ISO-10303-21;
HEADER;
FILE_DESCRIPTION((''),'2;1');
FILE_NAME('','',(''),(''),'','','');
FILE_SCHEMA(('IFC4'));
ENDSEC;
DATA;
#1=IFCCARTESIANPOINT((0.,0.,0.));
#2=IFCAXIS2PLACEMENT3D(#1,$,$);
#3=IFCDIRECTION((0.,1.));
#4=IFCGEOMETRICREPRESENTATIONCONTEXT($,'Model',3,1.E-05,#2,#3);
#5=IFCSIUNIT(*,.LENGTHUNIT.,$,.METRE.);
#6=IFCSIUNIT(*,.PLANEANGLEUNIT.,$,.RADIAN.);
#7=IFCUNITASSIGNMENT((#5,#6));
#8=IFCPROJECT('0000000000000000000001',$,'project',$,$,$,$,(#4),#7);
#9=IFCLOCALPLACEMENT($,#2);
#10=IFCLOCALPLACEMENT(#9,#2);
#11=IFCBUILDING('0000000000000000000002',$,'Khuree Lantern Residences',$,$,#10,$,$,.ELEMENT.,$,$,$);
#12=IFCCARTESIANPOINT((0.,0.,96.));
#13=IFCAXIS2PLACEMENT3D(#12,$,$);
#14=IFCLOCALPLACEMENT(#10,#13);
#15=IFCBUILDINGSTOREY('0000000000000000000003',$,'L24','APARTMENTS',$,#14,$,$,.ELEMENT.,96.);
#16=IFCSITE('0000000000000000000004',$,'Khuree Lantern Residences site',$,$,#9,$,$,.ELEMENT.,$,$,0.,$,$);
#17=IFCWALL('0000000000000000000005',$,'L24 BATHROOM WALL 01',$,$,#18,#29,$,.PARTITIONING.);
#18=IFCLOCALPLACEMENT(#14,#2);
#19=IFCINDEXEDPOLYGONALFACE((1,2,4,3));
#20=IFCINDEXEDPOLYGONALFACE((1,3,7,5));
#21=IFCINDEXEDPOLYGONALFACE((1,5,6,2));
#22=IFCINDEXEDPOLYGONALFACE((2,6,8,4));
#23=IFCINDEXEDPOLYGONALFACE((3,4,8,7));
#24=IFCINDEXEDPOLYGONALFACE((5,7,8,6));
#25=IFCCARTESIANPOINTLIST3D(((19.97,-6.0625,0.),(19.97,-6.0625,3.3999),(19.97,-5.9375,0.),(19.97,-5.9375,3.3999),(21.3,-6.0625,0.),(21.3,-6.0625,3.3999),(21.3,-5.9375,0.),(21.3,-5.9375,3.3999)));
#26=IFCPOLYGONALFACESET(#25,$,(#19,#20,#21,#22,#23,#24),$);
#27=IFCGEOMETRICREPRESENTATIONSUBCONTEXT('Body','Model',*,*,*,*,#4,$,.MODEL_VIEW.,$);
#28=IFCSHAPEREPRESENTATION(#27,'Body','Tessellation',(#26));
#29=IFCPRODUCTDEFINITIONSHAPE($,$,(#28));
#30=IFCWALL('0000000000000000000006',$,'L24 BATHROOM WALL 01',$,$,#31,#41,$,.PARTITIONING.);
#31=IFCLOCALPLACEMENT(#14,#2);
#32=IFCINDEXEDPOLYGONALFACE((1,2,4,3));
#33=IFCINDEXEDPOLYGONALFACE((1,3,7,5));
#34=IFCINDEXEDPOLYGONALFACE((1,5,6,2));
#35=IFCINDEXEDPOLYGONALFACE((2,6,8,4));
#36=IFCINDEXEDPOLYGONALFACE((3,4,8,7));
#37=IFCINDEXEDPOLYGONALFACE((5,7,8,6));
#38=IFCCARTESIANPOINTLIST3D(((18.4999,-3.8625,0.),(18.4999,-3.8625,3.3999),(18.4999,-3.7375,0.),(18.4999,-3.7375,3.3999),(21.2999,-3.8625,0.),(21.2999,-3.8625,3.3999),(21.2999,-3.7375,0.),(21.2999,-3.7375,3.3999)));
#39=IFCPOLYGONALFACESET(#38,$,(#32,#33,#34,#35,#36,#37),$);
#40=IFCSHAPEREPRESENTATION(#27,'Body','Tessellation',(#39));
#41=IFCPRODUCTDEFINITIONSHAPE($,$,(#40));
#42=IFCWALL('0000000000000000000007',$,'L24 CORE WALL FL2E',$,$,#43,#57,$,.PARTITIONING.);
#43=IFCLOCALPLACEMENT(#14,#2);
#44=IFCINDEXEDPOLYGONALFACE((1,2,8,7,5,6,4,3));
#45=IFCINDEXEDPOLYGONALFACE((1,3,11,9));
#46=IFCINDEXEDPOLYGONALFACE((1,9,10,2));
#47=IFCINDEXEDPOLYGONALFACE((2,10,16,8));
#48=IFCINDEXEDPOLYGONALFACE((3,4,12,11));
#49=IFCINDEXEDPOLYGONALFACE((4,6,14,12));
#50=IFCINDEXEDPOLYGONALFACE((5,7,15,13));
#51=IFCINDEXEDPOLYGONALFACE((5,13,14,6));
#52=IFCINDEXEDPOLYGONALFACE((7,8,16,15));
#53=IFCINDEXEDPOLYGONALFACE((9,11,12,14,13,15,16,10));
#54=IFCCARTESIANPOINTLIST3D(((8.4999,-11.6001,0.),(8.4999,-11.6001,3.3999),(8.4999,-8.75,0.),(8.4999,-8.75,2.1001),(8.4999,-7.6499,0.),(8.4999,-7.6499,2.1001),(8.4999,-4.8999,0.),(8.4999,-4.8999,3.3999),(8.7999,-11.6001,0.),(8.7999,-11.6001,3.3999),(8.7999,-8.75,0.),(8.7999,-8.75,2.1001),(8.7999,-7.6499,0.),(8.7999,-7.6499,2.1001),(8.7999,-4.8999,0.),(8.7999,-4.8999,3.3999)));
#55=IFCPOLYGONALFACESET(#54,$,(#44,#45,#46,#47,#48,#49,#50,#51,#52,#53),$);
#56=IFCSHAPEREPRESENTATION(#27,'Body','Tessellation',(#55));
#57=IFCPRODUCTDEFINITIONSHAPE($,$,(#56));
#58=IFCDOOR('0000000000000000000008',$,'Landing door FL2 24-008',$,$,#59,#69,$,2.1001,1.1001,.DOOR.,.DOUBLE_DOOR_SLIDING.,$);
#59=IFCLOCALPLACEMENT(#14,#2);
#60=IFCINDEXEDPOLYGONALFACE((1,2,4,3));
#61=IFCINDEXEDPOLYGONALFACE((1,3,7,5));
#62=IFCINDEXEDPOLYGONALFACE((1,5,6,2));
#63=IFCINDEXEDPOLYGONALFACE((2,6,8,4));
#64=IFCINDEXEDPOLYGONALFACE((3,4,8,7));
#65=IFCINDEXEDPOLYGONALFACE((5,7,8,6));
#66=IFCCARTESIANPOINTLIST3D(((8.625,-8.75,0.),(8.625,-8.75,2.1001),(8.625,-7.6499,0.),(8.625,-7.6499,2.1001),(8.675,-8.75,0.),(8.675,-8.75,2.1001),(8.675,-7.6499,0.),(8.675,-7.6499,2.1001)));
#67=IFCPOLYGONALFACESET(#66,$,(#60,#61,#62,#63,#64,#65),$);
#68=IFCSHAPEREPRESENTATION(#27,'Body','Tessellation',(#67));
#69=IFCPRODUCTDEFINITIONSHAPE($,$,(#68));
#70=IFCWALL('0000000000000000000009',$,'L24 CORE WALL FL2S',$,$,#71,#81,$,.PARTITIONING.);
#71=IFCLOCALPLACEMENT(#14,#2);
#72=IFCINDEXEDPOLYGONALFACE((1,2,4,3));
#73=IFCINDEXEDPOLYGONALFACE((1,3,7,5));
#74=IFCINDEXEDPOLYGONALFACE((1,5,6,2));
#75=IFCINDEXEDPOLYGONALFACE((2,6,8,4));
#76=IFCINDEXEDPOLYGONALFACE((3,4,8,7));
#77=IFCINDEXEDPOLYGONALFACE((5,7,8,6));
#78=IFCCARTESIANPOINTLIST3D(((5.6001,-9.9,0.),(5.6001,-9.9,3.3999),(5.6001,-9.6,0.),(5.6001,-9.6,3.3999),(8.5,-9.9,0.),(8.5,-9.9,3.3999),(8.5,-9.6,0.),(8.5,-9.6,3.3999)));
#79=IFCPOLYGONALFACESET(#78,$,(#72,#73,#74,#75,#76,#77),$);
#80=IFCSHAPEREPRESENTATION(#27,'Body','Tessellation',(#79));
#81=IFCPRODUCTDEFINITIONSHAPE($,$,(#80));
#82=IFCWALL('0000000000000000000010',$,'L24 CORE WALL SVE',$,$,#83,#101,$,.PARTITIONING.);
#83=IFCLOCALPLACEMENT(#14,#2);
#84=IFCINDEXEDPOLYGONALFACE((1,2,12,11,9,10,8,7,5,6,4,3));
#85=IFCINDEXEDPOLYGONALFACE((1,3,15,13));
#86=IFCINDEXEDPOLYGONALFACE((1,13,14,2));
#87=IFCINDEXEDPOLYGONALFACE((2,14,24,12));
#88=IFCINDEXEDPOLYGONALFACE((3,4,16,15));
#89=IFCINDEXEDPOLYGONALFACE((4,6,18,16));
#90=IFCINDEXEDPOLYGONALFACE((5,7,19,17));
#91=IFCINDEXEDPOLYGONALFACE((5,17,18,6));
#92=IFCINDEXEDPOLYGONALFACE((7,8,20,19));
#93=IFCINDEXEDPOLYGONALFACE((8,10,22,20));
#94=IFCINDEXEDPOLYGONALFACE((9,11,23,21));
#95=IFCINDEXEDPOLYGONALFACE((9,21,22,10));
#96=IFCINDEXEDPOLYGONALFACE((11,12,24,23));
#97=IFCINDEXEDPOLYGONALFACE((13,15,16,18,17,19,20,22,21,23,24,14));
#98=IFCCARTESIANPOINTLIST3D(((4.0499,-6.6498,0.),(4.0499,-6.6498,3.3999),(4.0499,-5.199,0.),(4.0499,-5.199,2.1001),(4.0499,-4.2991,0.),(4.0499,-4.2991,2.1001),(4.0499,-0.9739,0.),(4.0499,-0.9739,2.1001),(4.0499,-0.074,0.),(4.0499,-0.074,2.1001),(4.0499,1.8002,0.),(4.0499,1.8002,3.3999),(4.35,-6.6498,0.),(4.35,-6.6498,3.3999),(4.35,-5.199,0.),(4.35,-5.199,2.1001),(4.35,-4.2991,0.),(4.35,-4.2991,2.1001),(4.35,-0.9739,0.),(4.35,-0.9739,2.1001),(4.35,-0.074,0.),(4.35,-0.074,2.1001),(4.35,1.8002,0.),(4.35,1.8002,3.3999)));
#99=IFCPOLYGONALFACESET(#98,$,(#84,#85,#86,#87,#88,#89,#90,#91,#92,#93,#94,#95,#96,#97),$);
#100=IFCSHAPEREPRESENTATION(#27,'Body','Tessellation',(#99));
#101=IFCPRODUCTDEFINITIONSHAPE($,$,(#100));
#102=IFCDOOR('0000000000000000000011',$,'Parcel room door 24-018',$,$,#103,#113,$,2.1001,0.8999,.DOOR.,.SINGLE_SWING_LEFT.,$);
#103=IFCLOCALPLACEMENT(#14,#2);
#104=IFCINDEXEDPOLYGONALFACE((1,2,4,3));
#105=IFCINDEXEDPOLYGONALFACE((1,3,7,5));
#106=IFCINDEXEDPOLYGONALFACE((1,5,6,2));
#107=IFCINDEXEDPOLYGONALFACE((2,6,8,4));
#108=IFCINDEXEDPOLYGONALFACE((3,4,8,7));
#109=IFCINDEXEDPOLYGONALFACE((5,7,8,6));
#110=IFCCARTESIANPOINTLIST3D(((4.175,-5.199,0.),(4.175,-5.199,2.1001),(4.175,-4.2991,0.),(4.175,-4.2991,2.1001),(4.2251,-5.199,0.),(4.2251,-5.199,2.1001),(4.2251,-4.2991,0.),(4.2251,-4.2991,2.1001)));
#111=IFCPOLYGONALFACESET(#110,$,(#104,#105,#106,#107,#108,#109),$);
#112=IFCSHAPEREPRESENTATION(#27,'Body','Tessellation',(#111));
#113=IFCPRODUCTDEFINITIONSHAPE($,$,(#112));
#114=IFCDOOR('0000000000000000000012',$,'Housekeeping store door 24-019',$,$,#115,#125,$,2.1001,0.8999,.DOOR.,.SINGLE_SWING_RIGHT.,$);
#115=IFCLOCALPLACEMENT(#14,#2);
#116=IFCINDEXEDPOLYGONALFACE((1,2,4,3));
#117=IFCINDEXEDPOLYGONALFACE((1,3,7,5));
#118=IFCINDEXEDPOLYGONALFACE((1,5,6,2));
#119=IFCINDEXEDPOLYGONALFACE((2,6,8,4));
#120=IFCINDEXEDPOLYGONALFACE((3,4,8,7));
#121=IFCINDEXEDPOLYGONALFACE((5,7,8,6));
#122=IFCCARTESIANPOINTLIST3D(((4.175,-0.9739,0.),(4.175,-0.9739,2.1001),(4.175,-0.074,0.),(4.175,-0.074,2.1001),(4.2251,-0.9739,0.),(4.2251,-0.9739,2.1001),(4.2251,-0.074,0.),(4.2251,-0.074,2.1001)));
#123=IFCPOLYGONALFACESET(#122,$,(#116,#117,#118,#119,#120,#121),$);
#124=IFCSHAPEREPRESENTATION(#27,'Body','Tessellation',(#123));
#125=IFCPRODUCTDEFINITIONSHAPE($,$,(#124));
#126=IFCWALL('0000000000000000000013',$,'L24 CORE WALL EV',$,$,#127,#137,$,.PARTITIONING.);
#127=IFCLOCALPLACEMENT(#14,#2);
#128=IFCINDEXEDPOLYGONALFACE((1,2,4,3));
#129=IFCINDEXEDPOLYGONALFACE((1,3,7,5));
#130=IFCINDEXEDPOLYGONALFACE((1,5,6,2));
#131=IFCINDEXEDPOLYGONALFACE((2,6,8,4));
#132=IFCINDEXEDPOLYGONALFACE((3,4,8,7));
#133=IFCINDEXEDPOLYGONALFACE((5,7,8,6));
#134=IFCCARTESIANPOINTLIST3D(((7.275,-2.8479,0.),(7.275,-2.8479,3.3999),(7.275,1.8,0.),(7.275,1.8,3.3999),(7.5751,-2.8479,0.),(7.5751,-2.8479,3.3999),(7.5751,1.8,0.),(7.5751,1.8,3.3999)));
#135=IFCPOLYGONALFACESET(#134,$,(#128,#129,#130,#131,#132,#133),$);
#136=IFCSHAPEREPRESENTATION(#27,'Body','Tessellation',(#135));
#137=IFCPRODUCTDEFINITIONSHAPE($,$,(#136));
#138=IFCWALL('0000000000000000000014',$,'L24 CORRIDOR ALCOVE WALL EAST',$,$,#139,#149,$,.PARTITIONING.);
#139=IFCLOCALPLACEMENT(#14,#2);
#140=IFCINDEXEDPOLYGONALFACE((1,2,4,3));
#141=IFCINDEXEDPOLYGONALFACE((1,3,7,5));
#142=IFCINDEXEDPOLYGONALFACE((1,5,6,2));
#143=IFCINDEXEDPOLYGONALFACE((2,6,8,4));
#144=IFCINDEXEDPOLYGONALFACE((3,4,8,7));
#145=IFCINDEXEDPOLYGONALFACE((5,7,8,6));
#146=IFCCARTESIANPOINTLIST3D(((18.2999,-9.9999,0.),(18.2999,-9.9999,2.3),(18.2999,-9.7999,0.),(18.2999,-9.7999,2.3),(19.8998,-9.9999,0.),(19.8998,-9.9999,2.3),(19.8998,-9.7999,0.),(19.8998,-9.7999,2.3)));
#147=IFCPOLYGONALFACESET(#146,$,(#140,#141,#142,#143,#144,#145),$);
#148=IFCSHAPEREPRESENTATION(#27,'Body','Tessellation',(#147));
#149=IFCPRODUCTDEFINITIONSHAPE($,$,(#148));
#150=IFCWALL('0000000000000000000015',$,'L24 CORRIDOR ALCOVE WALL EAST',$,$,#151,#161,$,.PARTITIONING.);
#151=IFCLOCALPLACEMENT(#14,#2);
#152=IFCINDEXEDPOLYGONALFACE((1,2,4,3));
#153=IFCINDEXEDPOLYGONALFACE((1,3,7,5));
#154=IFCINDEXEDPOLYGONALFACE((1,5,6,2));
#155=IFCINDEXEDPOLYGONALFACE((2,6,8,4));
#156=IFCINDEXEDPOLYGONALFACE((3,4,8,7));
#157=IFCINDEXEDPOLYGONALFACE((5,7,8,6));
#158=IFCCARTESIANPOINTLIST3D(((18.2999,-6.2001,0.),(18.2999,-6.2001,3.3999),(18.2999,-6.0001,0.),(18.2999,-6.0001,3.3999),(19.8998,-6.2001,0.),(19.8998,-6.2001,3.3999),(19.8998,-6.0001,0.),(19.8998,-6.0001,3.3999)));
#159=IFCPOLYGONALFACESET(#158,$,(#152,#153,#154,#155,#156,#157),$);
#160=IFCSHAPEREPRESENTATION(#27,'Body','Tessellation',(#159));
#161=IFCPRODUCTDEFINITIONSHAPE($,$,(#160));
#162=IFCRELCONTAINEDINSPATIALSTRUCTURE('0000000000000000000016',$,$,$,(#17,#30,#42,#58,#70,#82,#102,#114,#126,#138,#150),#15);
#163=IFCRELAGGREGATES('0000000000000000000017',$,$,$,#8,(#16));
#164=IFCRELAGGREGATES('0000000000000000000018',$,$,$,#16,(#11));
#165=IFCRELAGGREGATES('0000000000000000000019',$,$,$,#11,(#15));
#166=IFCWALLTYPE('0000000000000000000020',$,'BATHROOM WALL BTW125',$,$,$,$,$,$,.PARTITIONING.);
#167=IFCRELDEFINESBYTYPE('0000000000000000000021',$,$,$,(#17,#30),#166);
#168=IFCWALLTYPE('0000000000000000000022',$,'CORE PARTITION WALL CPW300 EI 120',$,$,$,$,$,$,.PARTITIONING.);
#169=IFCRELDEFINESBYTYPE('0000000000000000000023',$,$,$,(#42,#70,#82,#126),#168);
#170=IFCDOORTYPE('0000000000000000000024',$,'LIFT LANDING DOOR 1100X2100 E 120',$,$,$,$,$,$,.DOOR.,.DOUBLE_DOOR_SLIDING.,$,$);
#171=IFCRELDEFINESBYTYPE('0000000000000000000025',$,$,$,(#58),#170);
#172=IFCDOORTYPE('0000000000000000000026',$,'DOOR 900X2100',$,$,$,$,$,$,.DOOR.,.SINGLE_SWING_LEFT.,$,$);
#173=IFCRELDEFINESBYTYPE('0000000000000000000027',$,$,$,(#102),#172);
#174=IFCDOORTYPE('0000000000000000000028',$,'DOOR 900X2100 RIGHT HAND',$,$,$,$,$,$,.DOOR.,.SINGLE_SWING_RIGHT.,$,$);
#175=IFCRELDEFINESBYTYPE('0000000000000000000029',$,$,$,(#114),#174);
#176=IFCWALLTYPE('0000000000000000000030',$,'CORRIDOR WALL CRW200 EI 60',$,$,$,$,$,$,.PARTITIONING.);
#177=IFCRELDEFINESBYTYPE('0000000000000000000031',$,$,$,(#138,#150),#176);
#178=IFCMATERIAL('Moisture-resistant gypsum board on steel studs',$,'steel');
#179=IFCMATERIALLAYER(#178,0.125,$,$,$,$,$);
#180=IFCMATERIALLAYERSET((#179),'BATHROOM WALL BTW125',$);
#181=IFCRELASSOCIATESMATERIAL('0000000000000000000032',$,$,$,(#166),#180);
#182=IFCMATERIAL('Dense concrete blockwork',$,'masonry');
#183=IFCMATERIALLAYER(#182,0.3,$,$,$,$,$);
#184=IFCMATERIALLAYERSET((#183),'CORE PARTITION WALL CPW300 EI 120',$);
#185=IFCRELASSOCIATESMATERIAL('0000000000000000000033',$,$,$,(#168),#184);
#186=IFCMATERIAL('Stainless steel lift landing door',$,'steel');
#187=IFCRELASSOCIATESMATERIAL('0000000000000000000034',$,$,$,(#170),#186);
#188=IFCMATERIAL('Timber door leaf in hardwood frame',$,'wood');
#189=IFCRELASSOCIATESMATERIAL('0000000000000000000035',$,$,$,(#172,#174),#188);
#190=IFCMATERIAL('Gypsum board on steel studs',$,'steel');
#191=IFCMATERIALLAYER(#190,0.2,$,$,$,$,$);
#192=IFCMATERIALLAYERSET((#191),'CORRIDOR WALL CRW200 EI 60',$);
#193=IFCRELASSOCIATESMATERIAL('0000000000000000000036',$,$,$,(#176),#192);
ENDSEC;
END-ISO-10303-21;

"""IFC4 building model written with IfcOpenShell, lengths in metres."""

from ifc_helpers import new_model, si_unit, direction, frame, frame_2d, origin, place, context, subcontext, project, spatial, rectangle, extrude, material, layer, layer_set, type_object, element, fill, save


model = new_model("IFC4")

# Units and contexts
model_context = context("Model", 3, precision=1e-05, world=origin(), true_north=direction((0.0, 1.0)))
body_context = subcontext(model_context, "Body", "Model", "MODEL_VIEW")
ifc_project = project(units=[si_unit("LENGTHUNIT", "METRE"), si_unit("PLANEANGLEUNIT", "RADIAN")], contexts=[model_context])

# Site, building, storey
site_placement = place(None, origin())
site = spatial("IfcSite", under=ifc_project, at=site_placement, Name="Khuree Lantern Residences site", CompositionType="ELEMENT", RefElevation=0.0)
building_placement = place(site_placement, origin())
building = spatial("IfcBuilding", under=site, at=building_placement, Name="Khuree Lantern Residences", CompositionType="ELEMENT")
storey_placement = place(building_placement, frame((0.0, 0.0, 96.0)))
storey = spatial("IfcBuildingStorey", under=building, at=storey_placement, Name="L24", Description="APARTMENTS", CompositionType="ELEMENT", Elevation=96.0)

# Walls
ifc_material_1 = material(Name="Moisture-resistant gypsum board on steel studs", Category="steel")
ifc_layer_1 = layer(ifc_material_1, 0.125)
ifc_layer_set_1 = layer_set([ifc_layer_1], Name="BATHROOM WALL BTW125")
wall_type_1 = type_object("IfcWallType", Name="BATHROOM WALL BTW125", PredefinedType="PARTITIONING", material=ifc_layer_set_1)
wall_1_placement = place(storey_placement, frame((19.97, -6.0, 0.0), z_axis=(0.0, 0.0, 1.0), x_axis=(1.0, 0.0, 0.0)))
element("IfcWall", 1, at=wall_1_placement, inside=storey, type_object=wall_type_1, Name="L24 BATHROOM WALL 01", PredefinedType="PARTITIONING", context=body_context, shape_type="SweptSolid", body=[
    extrude(rectangle(XDim=1.3301, YDim=0.125, at=frame_2d((0.665, 0.0))), origin(), (0.0, 0.0, 1.0), 3.3999),
])
wall_2_placement = place(storey_placement, frame((18.5, -3.8, 0.0), z_axis=(0.0, 0.0, 1.0), x_axis=(1.0, 0.0, 0.0)))
element("IfcWall", 2, at=wall_2_placement, inside=storey, type_object=wall_type_1, Name="L24 BATHROOM WALL 01", PredefinedType="PARTITIONING", context=body_context, shape_type="SweptSolid", body=[
    extrude(rectangle(XDim=2.8, YDim=0.125, at=frame_2d((1.3999, 0.0))), origin(), (0.0, 0.0, 1.0), 3.3999),
])

# Wall, opening, door
ifc_material_2 = material(Name="Dense concrete blockwork", Category="masonry")
ifc_layer_2 = layer(ifc_material_2, 0.3)
ifc_layer_set_2 = layer_set([ifc_layer_2], Name="CORE PARTITION WALL CPW300 EI 120")
wall_type_2 = type_object("IfcWallType", Name="CORE PARTITION WALL CPW300 EI 120", PredefinedType="PARTITIONING", material=ifc_layer_set_2)
wall_3_placement = place(storey_placement, frame((8.6499, -11.6001, 0.0), z_axis=(0.0, 0.0, 1.0), x_axis=(0.0, 1.0, 0.0)))
wall_3 = element("IfcWall", 3, at=wall_3_placement, inside=storey, type_object=wall_type_2, Name="L24 CORE WALL FL2E", PredefinedType="PARTITIONING", context=body_context, shape_type="SweptSolid", body=[
    extrude(rectangle(XDim=6.7002, YDim=0.3, at=frame_2d((3.3501, 0.0))), origin(), (0.0, 0.0, 1.0), 3.3999),
])
opening_1_placement = place(wall_3_placement, frame((2.8501, 0.0, 0.0)))
opening_1 = element("IfcOpeningElement", 4, at=opening_1_placement, cuts=wall_3, PredefinedType="OPENING", context=body_context, shape_type="SweptSolid", body=[
    extrude(rectangle(XDim=1.1001, YDim=2.1001, at=frame_2d((0.55, 1.05))), frame((0.0, 0.1602, 0.0), z_axis=(0.0, -1.0, 0.0), x_axis=(1.0, 0.0, 0.0)), (0.0, 0.0, 1.0), 0.3201),
])
ifc_material_3 = material(Name="Stainless steel lift landing door", Category="steel")
door_type_1 = type_object("IfcDoorType", Name="LIFT LANDING DOOR 1100X2100 E 120", OperationType="DOUBLE_DOOR_SLIDING", PredefinedType="DOOR", material=ifc_material_3)
door_1_placement = place(opening_1_placement, origin())
door_1 = element("IfcDoor", 5, at=door_1_placement, inside=storey, type_object=door_type_1, Name="Landing door FL2 24-008", OperationType="DOUBLE_DOOR_SLIDING", OverallHeight=2.1001, OverallWidth=1.1001, PredefinedType="DOOR", context=body_context, shape_type="SweptSolid", body=[
    extrude(rectangle(XDim=1.1001, YDim=2.1001, at=frame_2d((0.55, 1.05))), frame((0.0, 0.0249, 0.0), z_axis=(0.0, -1.0, 0.0), x_axis=(1.0, 0.0, 0.0)), (0.0, 0.0, 1.0), 0.05),
])
fill(opening_1, door_1)

# Wall
wall_4_placement = place(storey_placement, frame((5.6001, -9.75, 0.0), z_axis=(0.0, 0.0, 1.0), x_axis=(1.0, 0.0, 0.0)))
element("IfcWall", 6, at=wall_4_placement, inside=storey, type_object=wall_type_2, Name="L24 CORE WALL FL2S", PredefinedType="PARTITIONING", context=body_context, shape_type="SweptSolid", body=[
    extrude(rectangle(XDim=2.8999, YDim=0.3, at=frame_2d((1.45, 0.0))), origin(), (0.0, 0.0, 1.0), 3.3999),
])

# Wall, openings, doors
wall_5_placement = place(storey_placement, frame((4.2, -6.6499, 0.0), z_axis=(0.0, 0.0, 1.0), x_axis=(0.0, 1.0, 0.0)))
wall_5 = element("IfcWall", 7, at=wall_5_placement, inside=storey, type_object=wall_type_2, Name="L24 CORE WALL SVE", PredefinedType="PARTITIONING", context=body_context, shape_type="SweptSolid", body=[
    extrude(rectangle(XDim=8.45, YDim=0.3, at=frame_2d((4.2251, 0.0))), origin(), (0.0, 0.0, 1.0), 3.3999),
])
opening_2_placement = place(wall_5_placement, frame((1.4509, 0.0, 0.0)))
opening_2 = element("IfcOpeningElement", 8, at=opening_2_placement, cuts=wall_5, PredefinedType="OPENING", context=body_context, shape_type="SweptSolid", body=[
    extrude(rectangle(XDim=0.8999, YDim=2.1001, at=frame_2d((0.45, 1.05))), frame((0.0, 0.1602, 0.0), z_axis=(0.0, -1.0, 0.0), x_axis=(1.0, 0.0, 0.0)), (0.0, 0.0, 1.0), 0.3201),
])
opening_3_placement = place(wall_5_placement, frame((5.676, 0.0, 0.0)))
opening_3 = element("IfcOpeningElement", 9, at=opening_3_placement, cuts=wall_5, PredefinedType="OPENING", context=body_context, shape_type="SweptSolid", body=[
    extrude(rectangle(XDim=0.8999, YDim=2.1001, at=frame_2d((0.45, 1.05))), frame((0.0, 0.1602, 0.0), z_axis=(0.0, -1.0, 0.0), x_axis=(1.0, 0.0, 0.0)), (0.0, 0.0, 1.0), 0.3201),
])
ifc_material_4 = material(Name="Timber door leaf in hardwood frame", Category="wood")
door_type_2 = type_object("IfcDoorType", Name="DOOR 900X2100", OperationType="SINGLE_SWING_LEFT", PredefinedType="DOOR", material=ifc_material_4)
door_2_placement = place(opening_2_placement, origin())
door_2 = element("IfcDoor", 10, at=door_2_placement, inside=storey, type_object=door_type_2, Name="Parcel room door 24-018", OperationType="SINGLE_SWING_LEFT", OverallHeight=2.1001, OverallWidth=0.8999, PredefinedType="DOOR", context=body_context, shape_type="SweptSolid", body=[
    extrude(rectangle(XDim=0.8999, YDim=2.1001, at=frame_2d((0.45, 1.05))), frame((0.0, 0.0249, 0.0), z_axis=(0.0, -1.0, 0.0), x_axis=(1.0, 0.0, 0.0)), (0.0, 0.0, 1.0), 0.05),
])
fill(opening_2, door_2)
door_type_3 = type_object("IfcDoorType", Name="DOOR 900X2100 RIGHT HAND", OperationType="SINGLE_SWING_RIGHT", PredefinedType="DOOR", material=ifc_material_4)
door_3_placement = place(opening_3_placement, origin())
door_3 = element("IfcDoor", 11, at=door_3_placement, inside=storey, type_object=door_type_3, Name="Housekeeping store door 24-019", OperationType="SINGLE_SWING_RIGHT", OverallHeight=2.1001, OverallWidth=0.8999, PredefinedType="DOOR", context=body_context, shape_type="SweptSolid", body=[
    extrude(rectangle(XDim=0.8999, YDim=2.1001, at=frame_2d((0.45, 1.05))), frame((0.0, 0.0249, 0.0), z_axis=(0.0, -1.0, 0.0), x_axis=(1.0, 0.0, 0.0)), (0.0, 0.0, 1.0), 0.05),
])
fill(opening_3, door_3)

# Walls
wall_6_placement = place(storey_placement, frame((7.425, -2.8479, 0.0), z_axis=(0.0, 0.0, 1.0), x_axis=(0.0, 1.0, 0.0)))
element("IfcWall", 12, at=wall_6_placement, inside=storey, type_object=wall_type_2, Name="L24 CORE WALL EV", PredefinedType="PARTITIONING", context=body_context, shape_type="SweptSolid", body=[
    extrude(rectangle(XDim=4.6479, YDim=0.3, at=frame_2d((2.324, 0.0))), origin(), (0.0, 0.0, 1.0), 3.3999),
])
ifc_material_5 = material(Name="Gypsum board on steel studs", Category="steel")
ifc_layer_3 = layer(ifc_material_5, 0.2)
ifc_layer_set_3 = layer_set([ifc_layer_3], Name="CORRIDOR WALL CRW200 EI 60")
wall_type_3 = type_object("IfcWallType", Name="CORRIDOR WALL CRW200 EI 60", PredefinedType="PARTITIONING", material=ifc_layer_set_3)
wall_7_placement = place(storey_placement, frame((18.3, -9.8999, 0.0), z_axis=(0.0, 0.0, 1.0), x_axis=(1.0, 0.0, 0.0)))
element("IfcWall", 13, at=wall_7_placement, inside=storey, type_object=wall_type_3, Name="L24 CORRIDOR ALCOVE WALL EAST", PredefinedType="PARTITIONING", context=body_context, shape_type="SweptSolid", body=[
    extrude(rectangle(XDim=1.5999, YDim=0.2, at=frame_2d((0.7998, 0.0))), origin(), (0.0, 0.0, 1.0), 2.3),
])
wall_8_placement = place(storey_placement, frame((18.3, -6.1001, 0.0), z_axis=(0.0, 0.0, 1.0), x_axis=(1.0, 0.0, 0.0)))
element("IfcWall", 14, at=wall_8_placement, inside=storey, type_object=wall_type_3, Name="L24 CORRIDOR ALCOVE WALL EAST", PredefinedType="PARTITIONING", context=body_context, shape_type="SweptSolid", body=[
    extrude(rectangle(XDim=1.5999, YDim=0.2, at=frame_2d((0.7998, 0.0))), origin(), (0.0, 0.0, 1.0), 3.3999),
])

save(model, "model.ifc")
